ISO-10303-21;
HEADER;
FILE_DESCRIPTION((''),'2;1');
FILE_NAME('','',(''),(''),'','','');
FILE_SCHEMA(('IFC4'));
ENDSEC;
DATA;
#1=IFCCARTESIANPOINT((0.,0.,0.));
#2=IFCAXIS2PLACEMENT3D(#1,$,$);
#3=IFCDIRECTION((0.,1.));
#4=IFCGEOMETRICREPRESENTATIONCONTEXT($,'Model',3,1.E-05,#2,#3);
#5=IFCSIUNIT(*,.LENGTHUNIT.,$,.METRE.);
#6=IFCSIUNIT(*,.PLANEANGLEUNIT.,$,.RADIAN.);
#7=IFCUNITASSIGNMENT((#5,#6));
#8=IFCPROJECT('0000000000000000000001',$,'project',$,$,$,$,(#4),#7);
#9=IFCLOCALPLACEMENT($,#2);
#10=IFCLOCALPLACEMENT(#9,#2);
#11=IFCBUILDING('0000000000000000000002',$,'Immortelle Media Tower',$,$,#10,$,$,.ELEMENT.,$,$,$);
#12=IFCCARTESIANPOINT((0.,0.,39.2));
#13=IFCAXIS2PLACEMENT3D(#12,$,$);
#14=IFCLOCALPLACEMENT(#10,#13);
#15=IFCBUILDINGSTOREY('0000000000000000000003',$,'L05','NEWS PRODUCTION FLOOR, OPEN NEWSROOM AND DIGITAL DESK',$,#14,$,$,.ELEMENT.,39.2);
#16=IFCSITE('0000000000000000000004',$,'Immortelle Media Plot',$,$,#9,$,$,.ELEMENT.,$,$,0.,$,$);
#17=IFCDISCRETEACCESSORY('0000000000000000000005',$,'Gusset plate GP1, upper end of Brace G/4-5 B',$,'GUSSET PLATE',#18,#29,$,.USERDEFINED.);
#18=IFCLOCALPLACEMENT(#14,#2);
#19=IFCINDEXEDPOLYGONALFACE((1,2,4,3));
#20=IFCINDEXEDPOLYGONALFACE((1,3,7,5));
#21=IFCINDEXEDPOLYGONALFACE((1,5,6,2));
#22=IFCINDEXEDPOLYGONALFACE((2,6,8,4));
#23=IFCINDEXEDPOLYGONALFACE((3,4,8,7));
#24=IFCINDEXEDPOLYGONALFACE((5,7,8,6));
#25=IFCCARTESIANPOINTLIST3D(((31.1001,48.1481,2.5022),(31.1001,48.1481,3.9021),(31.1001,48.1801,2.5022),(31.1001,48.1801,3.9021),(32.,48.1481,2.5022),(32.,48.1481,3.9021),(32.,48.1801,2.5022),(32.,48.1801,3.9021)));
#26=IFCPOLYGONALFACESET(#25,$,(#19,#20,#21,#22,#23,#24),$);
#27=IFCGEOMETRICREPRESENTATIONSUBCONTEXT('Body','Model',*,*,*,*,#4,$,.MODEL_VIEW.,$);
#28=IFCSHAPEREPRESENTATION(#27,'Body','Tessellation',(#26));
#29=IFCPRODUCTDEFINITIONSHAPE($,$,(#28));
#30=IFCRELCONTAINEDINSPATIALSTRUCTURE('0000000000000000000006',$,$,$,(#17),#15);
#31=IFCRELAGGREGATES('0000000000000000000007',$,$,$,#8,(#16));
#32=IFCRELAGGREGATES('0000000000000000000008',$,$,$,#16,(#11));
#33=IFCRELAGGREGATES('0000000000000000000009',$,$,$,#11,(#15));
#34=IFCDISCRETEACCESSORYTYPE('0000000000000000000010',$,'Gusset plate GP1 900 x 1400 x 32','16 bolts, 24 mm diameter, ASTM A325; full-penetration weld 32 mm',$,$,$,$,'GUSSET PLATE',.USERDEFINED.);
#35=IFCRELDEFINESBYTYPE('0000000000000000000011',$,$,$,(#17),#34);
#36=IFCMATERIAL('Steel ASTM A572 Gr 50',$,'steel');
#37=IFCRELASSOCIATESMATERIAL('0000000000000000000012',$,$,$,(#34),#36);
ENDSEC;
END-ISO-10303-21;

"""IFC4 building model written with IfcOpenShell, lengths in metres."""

from ifc_helpers import new_model, si_unit, direction, frame, origin, origin_2d, place, context, subcontext, project, spatial, rectangle, extrude, material, material_profile, profile_set, type_object, element, save


model = new_model("IFC4")

# Units and contexts
model_context = context("Model", 3, precision=1e-05, world=origin(), true_north=direction((0.0, 1.0)))
body_context = subcontext(model_context, "Body", "Model", "MODEL_VIEW")
ifc_project = project(units=[si_unit("LENGTHUNIT", "METRE"), si_unit("PLANEANGLEUNIT", "RADIAN")], contexts=[model_context])

# Site, building, storey
site_placement = place(None, origin())
site = spatial("IfcSite", under=ifc_project, at=site_placement, Name="Immortelle Media Plot", CompositionType="ELEMENT", RefElevation=0.0)
building_placement = place(site_placement, origin())
building = spatial("IfcBuilding", under=site, at=building_placement, Name="Immortelle Media Tower", CompositionType="ELEMENT")
storey_placement = place(building_placement, frame((0.0, 0.0, 39.2)))
storey = spatial("IfcBuildingStorey", under=building, at=storey_placement, Name="L05", Description="NEWS PRODUCTION FLOOR, OPEN NEWSROOM AND DIGITAL DESK", CompositionType="ELEMENT", Elevation=39.2)

# Discrete accessory
ifc_material_1 = material(Name="Steel ASTM A572 Gr 50", Category="steel")
ifc_material_profile_1 = material_profile(ifc_material_1, rectangle(XDim=0.032, YDim=1.3999, at=origin_2d()), Name="PL 32 x 1400")
ifc_profile_set_1 = profile_set([ifc_material_profile_1], Name="Steel ASTM A572 Gr 50")
discrete_accessory_type_1 = type_object("IfcDiscreteAccessoryType", Name="Gusset plate GP1 900 x 1400 x 32", Description="16 bolts, 24 mm diameter, ASTM A325; full-penetration weld 32 mm", ElementType="GUSSET PLATE", PredefinedType="USERDEFINED", material=ifc_profile_set_1)
for number, where, z_axis, x_axis, name in (
    (1, (32.0, 48.1641, 3.2021), (-1.0, 0.0, 0.0), (0.0, -1.0, 0.0), "Gusset plate GP1, upper end of Brace G/4-5 B"),
):
    element("IfcDiscreteAccessory", number, at=place(storey_placement, frame(where, z_axis=z_axis, x_axis=x_axis)), inside=storey, type_object=discrete_accessory_type_1, Name=name, ObjectType="GUSSET PLATE", PredefinedType="USERDEFINED", context=body_context, shape_type="SweptSolid", body=[
        extrude(rectangle(XDim=0.032, YDim=1.3999, at=origin_2d()), origin(), (0.0, 0.0, 1.0), 0.8999),
    ])

save(model, "model.ifc")
